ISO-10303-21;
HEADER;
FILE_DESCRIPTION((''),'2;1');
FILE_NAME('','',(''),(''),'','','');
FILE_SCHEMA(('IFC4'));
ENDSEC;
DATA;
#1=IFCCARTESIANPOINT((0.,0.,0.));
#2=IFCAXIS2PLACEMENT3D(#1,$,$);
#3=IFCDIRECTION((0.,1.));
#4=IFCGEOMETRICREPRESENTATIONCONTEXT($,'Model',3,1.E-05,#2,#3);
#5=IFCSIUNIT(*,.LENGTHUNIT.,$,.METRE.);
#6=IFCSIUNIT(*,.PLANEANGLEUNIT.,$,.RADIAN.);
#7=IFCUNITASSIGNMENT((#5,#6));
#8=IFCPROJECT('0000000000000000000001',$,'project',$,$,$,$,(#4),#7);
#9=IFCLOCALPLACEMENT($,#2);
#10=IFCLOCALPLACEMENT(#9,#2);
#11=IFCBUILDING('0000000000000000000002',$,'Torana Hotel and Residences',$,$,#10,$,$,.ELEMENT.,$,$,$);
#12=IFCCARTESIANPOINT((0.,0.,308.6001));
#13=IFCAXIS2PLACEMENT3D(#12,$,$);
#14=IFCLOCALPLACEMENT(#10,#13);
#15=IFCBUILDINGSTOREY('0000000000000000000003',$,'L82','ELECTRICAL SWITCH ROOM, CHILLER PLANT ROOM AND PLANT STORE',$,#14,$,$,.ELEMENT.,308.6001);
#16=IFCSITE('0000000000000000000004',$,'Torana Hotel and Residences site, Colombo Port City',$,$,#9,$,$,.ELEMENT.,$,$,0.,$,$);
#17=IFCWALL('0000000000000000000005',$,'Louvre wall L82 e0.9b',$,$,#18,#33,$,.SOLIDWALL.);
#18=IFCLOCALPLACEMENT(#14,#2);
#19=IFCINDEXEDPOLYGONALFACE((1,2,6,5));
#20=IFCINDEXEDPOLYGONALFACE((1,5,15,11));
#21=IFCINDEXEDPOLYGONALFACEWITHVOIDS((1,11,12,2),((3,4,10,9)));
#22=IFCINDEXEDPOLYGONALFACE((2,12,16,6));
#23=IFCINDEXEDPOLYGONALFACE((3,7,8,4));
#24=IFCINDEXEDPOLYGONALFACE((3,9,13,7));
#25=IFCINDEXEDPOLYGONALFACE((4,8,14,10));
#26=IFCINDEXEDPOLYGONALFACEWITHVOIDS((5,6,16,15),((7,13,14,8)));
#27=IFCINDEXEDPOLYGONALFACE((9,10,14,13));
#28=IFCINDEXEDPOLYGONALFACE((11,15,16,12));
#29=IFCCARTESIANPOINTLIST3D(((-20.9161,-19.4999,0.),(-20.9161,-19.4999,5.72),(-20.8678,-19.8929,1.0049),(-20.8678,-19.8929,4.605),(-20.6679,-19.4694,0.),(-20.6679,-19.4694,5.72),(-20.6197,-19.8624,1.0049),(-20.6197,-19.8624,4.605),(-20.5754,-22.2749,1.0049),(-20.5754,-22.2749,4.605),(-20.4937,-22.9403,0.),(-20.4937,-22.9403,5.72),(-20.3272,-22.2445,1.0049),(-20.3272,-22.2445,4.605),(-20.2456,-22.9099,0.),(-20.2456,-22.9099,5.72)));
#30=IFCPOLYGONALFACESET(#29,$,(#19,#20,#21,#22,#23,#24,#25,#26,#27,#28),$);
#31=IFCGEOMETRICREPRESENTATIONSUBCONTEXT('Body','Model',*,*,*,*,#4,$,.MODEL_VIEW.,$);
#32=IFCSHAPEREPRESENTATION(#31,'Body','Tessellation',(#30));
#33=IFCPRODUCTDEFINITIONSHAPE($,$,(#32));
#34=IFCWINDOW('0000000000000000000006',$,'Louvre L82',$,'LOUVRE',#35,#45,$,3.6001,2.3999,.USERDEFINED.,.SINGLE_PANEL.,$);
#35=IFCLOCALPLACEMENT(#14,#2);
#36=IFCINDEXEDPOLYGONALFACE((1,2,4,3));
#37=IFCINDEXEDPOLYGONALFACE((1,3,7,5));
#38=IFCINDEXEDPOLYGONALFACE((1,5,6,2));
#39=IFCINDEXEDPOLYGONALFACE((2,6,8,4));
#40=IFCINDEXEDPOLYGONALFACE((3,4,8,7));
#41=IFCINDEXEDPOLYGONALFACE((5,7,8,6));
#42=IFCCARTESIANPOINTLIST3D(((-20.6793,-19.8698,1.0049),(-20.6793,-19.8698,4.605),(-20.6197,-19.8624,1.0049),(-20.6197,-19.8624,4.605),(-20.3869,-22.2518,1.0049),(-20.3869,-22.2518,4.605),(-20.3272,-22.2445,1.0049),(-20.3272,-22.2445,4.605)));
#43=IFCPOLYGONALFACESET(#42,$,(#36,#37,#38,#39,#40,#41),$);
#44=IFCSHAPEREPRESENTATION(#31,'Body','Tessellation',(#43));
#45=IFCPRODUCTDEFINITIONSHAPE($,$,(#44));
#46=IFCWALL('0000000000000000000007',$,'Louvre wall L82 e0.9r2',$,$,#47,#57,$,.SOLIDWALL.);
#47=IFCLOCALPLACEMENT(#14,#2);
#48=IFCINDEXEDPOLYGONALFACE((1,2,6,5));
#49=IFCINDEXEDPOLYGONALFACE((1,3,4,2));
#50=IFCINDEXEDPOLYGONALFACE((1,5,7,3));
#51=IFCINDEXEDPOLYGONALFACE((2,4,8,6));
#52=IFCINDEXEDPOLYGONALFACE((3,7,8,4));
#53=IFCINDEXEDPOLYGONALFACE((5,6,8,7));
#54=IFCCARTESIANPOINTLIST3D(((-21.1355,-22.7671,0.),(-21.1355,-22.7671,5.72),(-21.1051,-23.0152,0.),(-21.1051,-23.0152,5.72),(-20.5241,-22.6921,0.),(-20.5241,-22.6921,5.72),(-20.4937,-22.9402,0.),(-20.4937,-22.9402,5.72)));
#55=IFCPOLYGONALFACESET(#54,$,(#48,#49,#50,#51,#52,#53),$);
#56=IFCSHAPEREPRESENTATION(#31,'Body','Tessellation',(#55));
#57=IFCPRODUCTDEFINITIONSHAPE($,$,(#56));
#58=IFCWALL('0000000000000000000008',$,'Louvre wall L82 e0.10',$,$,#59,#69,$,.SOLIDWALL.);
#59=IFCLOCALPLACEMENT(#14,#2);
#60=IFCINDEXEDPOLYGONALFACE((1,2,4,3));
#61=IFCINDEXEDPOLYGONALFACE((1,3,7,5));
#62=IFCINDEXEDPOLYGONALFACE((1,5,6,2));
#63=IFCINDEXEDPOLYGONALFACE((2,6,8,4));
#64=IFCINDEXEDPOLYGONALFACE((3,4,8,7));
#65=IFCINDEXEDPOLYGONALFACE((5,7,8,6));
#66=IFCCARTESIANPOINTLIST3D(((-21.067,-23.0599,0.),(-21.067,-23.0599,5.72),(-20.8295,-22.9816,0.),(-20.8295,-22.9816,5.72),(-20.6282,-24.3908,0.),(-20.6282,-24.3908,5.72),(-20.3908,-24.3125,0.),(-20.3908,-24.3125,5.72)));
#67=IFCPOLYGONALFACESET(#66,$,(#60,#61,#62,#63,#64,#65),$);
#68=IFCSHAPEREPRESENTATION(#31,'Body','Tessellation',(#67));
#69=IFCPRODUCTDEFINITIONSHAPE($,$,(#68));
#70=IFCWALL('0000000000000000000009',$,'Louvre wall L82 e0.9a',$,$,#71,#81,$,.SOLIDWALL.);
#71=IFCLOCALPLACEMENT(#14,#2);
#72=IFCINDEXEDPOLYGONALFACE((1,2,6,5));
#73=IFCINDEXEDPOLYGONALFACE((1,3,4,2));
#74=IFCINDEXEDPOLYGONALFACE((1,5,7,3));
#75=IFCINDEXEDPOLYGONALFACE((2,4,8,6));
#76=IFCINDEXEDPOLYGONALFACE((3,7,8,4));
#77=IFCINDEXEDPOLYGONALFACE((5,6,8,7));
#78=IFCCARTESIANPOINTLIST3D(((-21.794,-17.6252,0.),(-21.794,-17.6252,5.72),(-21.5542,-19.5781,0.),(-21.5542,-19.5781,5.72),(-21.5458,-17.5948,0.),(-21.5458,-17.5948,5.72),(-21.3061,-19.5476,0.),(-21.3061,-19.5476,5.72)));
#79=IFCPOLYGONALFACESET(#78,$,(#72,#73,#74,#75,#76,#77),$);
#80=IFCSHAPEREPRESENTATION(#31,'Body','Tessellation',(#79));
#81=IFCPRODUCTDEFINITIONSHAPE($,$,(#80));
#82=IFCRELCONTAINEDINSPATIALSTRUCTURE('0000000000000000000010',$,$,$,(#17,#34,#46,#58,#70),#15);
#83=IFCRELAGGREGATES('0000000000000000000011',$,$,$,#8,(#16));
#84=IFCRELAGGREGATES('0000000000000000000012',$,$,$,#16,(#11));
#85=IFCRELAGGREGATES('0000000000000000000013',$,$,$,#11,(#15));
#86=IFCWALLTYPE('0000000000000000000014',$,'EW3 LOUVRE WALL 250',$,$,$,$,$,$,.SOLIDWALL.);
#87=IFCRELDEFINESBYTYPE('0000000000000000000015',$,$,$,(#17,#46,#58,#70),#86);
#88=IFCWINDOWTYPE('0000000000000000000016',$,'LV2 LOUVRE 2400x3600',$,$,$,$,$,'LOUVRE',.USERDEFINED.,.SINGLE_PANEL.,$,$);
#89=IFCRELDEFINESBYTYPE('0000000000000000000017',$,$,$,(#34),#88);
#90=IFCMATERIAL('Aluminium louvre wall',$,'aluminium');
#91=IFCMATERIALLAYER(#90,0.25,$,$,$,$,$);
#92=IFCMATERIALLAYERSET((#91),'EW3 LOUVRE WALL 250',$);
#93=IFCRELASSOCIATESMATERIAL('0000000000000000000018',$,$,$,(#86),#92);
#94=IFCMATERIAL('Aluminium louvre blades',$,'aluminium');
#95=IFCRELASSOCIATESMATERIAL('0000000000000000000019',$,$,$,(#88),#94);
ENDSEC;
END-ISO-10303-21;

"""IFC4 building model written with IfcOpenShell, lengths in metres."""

from ifc_helpers import new_model, si_unit, direction, frame, frame_2d, origin, place, context, subcontext, project, spatial, rectangle, extrude, material, layer, layer_set, type_object, element, fill, save


model = new_model("IFC4")

# Units and contexts
model_context = context("Model", 3, precision=1e-05, world=origin(), true_north=direction((0.0, 1.0)))
body_context = subcontext(model_context, "Body", "Model", "MODEL_VIEW")
ifc_project = project(units=[si_unit("LENGTHUNIT", "METRE"), si_unit("PLANEANGLEUNIT", "RADIAN")], contexts=[model_context])

# Site, building, storey
site_placement = place(None, origin())
site = spatial("IfcSite", under=ifc_project, at=site_placement, Name="Torana Hotel and Residences site, Colombo Port City", CompositionType="ELEMENT", RefElevation=0.0)
building_placement = place(site_placement, origin())
building = spatial("IfcBuilding", under=site, at=building_placement, Name="Torana Hotel and Residences", CompositionType="ELEMENT")
storey_placement = place(building_placement, frame((0.0, 0.0, 308.6001)))
storey = spatial("IfcBuildingStorey", under=building, at=storey_placement, Name="L82", Description="ELECTRICAL SWITCH ROOM, CHILLER PLANT ROOM AND PLANT STORE", CompositionType="ELEMENT", Elevation=308.6001)

# Shared definitions
ifc_material_1 = material(Name="Aluminium louvre wall", Category="aluminium")
ifc_layer_1 = layer(ifc_material_1, 0.25)
ifc_layer_set_1 = layer_set([ifc_layer_1], Name="EW3 LOUVRE WALL 250")
wall_type_1 = type_object("IfcWallType", Name="EW3 LOUVRE WALL 250", PredefinedType="SOLIDWALL", material=ifc_layer_set_1)

# Wall, opening, window
wall_1_placement = place(storey_placement, frame((-20.792, -19.4846, 0.0), z_axis=(0.0, 0.0, 1.0), x_axis=(0.12185, -0.992549, 0.0)))
wall_1 = element("IfcWall", 1, at=wall_1_placement, inside=storey, type_object=wall_type_1, Name="Louvre wall L82 e0.9b", PredefinedType="SOLIDWALL", context=body_context, shape_type="SweptSolid", body=[
    extrude(rectangle(XDim=3.4663, YDim=0.25, at=frame_2d((1.7332, 0.0))), origin(), (0.0, 0.0, 1.0), 5.72),
])
opening_1_placement = place(wall_1_placement, frame((0.396, 0.0, 1.0049)))
opening_1 = element("IfcOpeningElement", 2, at=opening_1_placement, cuts=wall_1, PredefinedType="OPENING", context=body_context, shape_type="SweptSolid", body=[
    extrude(rectangle(XDim=2.3999, YDim=3.6001, at=frame_2d((1.2, 1.8))), frame((0.0, 0.135, 0.0), z_axis=(0.0, -1.0, 0.0), x_axis=(1.0, 0.0, 0.0)), (0.0, 0.0, 1.0), 0.27),
])
ifc_material_2 = material(Name="Aluminium louvre blades", Category="aluminium")
window_type = type_object("IfcWindowType", Name="LV2 LOUVRE 2400x3600", ElementType="LOUVRE", PartitioningType="SINGLE_PANEL", PredefinedType="USERDEFINED", material=ifc_material_2)
window_placement = place(opening_1_placement, origin())
window = element("IfcWindow", 3, at=window_placement, inside=storey, type_object=window_type, Name="Louvre L82", ObjectType="LOUVRE", OverallHeight=3.6001, OverallWidth=2.3999, PartitioningType="SINGLE_PANEL", PredefinedType="USERDEFINED", context=body_context, shape_type="SweptSolid", body=[
    extrude(rectangle(XDim=2.3999, YDim=3.6001, at=frame_2d((1.2, 1.8))), frame((0.0, 0.125, 0.0), z_axis=(0.0, -1.0, 0.0), x_axis=(1.0, 0.0, 0.0)), (0.0, 0.0, 1.0), 0.0601),
])
fill(opening_1, window)

# Walls
wall_2_placement = place(storey_placement, frame((-20.5088, -22.8162, 0.0), z_axis=(0.0, 0.0, 1.0), x_axis=(-0.992568, -0.121693, 0.0)))
element("IfcWall", 4, at=wall_2_placement, inside=storey, type_object=wall_type_1, Name="Louvre wall L82 e0.9r2", PredefinedType="SOLIDWALL", context=body_context, shape_type="SweptSolid", body=[
    extrude(rectangle(XDim=0.616, YDim=0.25, at=frame_2d((0.3081, 0.0))), origin(), (0.0, 0.0, 1.0), 5.72),
])
wall_3_placement = place(storey_placement, frame((-20.9482, -23.0208, 0.0), z_axis=(0.0, 0.0, 1.0), x_axis=(0.31309, -0.949723, 0.0)))
element("IfcWall", 5, at=wall_3_placement, inside=storey, type_object=wall_type_1, Name="Louvre wall L82 e0.10", PredefinedType="SOLIDWALL", context=body_context, shape_type="SweptSolid", body=[
    extrude(rectangle(XDim=1.4014, YDim=0.25, at=frame_2d((0.7007, 0.0))), origin(), (0.0, 0.0, 1.0), 5.72),
])

# Wall
wall_4_placement = place(storey_placement, frame((-21.6699, -17.6099, 0.0), z_axis=(0.0, 0.0, 1.0), x_axis=(0.121851, -0.992548, 0.0)))
element("IfcWall", 6, at=wall_4_placement, inside=storey, type_object=wall_type_1, Name="Louvre wall L82 e0.9a", PredefinedType="SOLIDWALL", context=body_context, shape_type="SweptSolid", body=[
    extrude(rectangle(XDim=1.9675, YDim=0.25, at=frame_2d((0.9839, 0.0))), origin(), (0.0, 0.0, 1.0), 5.72),
])

save(model, "model.ifc")
